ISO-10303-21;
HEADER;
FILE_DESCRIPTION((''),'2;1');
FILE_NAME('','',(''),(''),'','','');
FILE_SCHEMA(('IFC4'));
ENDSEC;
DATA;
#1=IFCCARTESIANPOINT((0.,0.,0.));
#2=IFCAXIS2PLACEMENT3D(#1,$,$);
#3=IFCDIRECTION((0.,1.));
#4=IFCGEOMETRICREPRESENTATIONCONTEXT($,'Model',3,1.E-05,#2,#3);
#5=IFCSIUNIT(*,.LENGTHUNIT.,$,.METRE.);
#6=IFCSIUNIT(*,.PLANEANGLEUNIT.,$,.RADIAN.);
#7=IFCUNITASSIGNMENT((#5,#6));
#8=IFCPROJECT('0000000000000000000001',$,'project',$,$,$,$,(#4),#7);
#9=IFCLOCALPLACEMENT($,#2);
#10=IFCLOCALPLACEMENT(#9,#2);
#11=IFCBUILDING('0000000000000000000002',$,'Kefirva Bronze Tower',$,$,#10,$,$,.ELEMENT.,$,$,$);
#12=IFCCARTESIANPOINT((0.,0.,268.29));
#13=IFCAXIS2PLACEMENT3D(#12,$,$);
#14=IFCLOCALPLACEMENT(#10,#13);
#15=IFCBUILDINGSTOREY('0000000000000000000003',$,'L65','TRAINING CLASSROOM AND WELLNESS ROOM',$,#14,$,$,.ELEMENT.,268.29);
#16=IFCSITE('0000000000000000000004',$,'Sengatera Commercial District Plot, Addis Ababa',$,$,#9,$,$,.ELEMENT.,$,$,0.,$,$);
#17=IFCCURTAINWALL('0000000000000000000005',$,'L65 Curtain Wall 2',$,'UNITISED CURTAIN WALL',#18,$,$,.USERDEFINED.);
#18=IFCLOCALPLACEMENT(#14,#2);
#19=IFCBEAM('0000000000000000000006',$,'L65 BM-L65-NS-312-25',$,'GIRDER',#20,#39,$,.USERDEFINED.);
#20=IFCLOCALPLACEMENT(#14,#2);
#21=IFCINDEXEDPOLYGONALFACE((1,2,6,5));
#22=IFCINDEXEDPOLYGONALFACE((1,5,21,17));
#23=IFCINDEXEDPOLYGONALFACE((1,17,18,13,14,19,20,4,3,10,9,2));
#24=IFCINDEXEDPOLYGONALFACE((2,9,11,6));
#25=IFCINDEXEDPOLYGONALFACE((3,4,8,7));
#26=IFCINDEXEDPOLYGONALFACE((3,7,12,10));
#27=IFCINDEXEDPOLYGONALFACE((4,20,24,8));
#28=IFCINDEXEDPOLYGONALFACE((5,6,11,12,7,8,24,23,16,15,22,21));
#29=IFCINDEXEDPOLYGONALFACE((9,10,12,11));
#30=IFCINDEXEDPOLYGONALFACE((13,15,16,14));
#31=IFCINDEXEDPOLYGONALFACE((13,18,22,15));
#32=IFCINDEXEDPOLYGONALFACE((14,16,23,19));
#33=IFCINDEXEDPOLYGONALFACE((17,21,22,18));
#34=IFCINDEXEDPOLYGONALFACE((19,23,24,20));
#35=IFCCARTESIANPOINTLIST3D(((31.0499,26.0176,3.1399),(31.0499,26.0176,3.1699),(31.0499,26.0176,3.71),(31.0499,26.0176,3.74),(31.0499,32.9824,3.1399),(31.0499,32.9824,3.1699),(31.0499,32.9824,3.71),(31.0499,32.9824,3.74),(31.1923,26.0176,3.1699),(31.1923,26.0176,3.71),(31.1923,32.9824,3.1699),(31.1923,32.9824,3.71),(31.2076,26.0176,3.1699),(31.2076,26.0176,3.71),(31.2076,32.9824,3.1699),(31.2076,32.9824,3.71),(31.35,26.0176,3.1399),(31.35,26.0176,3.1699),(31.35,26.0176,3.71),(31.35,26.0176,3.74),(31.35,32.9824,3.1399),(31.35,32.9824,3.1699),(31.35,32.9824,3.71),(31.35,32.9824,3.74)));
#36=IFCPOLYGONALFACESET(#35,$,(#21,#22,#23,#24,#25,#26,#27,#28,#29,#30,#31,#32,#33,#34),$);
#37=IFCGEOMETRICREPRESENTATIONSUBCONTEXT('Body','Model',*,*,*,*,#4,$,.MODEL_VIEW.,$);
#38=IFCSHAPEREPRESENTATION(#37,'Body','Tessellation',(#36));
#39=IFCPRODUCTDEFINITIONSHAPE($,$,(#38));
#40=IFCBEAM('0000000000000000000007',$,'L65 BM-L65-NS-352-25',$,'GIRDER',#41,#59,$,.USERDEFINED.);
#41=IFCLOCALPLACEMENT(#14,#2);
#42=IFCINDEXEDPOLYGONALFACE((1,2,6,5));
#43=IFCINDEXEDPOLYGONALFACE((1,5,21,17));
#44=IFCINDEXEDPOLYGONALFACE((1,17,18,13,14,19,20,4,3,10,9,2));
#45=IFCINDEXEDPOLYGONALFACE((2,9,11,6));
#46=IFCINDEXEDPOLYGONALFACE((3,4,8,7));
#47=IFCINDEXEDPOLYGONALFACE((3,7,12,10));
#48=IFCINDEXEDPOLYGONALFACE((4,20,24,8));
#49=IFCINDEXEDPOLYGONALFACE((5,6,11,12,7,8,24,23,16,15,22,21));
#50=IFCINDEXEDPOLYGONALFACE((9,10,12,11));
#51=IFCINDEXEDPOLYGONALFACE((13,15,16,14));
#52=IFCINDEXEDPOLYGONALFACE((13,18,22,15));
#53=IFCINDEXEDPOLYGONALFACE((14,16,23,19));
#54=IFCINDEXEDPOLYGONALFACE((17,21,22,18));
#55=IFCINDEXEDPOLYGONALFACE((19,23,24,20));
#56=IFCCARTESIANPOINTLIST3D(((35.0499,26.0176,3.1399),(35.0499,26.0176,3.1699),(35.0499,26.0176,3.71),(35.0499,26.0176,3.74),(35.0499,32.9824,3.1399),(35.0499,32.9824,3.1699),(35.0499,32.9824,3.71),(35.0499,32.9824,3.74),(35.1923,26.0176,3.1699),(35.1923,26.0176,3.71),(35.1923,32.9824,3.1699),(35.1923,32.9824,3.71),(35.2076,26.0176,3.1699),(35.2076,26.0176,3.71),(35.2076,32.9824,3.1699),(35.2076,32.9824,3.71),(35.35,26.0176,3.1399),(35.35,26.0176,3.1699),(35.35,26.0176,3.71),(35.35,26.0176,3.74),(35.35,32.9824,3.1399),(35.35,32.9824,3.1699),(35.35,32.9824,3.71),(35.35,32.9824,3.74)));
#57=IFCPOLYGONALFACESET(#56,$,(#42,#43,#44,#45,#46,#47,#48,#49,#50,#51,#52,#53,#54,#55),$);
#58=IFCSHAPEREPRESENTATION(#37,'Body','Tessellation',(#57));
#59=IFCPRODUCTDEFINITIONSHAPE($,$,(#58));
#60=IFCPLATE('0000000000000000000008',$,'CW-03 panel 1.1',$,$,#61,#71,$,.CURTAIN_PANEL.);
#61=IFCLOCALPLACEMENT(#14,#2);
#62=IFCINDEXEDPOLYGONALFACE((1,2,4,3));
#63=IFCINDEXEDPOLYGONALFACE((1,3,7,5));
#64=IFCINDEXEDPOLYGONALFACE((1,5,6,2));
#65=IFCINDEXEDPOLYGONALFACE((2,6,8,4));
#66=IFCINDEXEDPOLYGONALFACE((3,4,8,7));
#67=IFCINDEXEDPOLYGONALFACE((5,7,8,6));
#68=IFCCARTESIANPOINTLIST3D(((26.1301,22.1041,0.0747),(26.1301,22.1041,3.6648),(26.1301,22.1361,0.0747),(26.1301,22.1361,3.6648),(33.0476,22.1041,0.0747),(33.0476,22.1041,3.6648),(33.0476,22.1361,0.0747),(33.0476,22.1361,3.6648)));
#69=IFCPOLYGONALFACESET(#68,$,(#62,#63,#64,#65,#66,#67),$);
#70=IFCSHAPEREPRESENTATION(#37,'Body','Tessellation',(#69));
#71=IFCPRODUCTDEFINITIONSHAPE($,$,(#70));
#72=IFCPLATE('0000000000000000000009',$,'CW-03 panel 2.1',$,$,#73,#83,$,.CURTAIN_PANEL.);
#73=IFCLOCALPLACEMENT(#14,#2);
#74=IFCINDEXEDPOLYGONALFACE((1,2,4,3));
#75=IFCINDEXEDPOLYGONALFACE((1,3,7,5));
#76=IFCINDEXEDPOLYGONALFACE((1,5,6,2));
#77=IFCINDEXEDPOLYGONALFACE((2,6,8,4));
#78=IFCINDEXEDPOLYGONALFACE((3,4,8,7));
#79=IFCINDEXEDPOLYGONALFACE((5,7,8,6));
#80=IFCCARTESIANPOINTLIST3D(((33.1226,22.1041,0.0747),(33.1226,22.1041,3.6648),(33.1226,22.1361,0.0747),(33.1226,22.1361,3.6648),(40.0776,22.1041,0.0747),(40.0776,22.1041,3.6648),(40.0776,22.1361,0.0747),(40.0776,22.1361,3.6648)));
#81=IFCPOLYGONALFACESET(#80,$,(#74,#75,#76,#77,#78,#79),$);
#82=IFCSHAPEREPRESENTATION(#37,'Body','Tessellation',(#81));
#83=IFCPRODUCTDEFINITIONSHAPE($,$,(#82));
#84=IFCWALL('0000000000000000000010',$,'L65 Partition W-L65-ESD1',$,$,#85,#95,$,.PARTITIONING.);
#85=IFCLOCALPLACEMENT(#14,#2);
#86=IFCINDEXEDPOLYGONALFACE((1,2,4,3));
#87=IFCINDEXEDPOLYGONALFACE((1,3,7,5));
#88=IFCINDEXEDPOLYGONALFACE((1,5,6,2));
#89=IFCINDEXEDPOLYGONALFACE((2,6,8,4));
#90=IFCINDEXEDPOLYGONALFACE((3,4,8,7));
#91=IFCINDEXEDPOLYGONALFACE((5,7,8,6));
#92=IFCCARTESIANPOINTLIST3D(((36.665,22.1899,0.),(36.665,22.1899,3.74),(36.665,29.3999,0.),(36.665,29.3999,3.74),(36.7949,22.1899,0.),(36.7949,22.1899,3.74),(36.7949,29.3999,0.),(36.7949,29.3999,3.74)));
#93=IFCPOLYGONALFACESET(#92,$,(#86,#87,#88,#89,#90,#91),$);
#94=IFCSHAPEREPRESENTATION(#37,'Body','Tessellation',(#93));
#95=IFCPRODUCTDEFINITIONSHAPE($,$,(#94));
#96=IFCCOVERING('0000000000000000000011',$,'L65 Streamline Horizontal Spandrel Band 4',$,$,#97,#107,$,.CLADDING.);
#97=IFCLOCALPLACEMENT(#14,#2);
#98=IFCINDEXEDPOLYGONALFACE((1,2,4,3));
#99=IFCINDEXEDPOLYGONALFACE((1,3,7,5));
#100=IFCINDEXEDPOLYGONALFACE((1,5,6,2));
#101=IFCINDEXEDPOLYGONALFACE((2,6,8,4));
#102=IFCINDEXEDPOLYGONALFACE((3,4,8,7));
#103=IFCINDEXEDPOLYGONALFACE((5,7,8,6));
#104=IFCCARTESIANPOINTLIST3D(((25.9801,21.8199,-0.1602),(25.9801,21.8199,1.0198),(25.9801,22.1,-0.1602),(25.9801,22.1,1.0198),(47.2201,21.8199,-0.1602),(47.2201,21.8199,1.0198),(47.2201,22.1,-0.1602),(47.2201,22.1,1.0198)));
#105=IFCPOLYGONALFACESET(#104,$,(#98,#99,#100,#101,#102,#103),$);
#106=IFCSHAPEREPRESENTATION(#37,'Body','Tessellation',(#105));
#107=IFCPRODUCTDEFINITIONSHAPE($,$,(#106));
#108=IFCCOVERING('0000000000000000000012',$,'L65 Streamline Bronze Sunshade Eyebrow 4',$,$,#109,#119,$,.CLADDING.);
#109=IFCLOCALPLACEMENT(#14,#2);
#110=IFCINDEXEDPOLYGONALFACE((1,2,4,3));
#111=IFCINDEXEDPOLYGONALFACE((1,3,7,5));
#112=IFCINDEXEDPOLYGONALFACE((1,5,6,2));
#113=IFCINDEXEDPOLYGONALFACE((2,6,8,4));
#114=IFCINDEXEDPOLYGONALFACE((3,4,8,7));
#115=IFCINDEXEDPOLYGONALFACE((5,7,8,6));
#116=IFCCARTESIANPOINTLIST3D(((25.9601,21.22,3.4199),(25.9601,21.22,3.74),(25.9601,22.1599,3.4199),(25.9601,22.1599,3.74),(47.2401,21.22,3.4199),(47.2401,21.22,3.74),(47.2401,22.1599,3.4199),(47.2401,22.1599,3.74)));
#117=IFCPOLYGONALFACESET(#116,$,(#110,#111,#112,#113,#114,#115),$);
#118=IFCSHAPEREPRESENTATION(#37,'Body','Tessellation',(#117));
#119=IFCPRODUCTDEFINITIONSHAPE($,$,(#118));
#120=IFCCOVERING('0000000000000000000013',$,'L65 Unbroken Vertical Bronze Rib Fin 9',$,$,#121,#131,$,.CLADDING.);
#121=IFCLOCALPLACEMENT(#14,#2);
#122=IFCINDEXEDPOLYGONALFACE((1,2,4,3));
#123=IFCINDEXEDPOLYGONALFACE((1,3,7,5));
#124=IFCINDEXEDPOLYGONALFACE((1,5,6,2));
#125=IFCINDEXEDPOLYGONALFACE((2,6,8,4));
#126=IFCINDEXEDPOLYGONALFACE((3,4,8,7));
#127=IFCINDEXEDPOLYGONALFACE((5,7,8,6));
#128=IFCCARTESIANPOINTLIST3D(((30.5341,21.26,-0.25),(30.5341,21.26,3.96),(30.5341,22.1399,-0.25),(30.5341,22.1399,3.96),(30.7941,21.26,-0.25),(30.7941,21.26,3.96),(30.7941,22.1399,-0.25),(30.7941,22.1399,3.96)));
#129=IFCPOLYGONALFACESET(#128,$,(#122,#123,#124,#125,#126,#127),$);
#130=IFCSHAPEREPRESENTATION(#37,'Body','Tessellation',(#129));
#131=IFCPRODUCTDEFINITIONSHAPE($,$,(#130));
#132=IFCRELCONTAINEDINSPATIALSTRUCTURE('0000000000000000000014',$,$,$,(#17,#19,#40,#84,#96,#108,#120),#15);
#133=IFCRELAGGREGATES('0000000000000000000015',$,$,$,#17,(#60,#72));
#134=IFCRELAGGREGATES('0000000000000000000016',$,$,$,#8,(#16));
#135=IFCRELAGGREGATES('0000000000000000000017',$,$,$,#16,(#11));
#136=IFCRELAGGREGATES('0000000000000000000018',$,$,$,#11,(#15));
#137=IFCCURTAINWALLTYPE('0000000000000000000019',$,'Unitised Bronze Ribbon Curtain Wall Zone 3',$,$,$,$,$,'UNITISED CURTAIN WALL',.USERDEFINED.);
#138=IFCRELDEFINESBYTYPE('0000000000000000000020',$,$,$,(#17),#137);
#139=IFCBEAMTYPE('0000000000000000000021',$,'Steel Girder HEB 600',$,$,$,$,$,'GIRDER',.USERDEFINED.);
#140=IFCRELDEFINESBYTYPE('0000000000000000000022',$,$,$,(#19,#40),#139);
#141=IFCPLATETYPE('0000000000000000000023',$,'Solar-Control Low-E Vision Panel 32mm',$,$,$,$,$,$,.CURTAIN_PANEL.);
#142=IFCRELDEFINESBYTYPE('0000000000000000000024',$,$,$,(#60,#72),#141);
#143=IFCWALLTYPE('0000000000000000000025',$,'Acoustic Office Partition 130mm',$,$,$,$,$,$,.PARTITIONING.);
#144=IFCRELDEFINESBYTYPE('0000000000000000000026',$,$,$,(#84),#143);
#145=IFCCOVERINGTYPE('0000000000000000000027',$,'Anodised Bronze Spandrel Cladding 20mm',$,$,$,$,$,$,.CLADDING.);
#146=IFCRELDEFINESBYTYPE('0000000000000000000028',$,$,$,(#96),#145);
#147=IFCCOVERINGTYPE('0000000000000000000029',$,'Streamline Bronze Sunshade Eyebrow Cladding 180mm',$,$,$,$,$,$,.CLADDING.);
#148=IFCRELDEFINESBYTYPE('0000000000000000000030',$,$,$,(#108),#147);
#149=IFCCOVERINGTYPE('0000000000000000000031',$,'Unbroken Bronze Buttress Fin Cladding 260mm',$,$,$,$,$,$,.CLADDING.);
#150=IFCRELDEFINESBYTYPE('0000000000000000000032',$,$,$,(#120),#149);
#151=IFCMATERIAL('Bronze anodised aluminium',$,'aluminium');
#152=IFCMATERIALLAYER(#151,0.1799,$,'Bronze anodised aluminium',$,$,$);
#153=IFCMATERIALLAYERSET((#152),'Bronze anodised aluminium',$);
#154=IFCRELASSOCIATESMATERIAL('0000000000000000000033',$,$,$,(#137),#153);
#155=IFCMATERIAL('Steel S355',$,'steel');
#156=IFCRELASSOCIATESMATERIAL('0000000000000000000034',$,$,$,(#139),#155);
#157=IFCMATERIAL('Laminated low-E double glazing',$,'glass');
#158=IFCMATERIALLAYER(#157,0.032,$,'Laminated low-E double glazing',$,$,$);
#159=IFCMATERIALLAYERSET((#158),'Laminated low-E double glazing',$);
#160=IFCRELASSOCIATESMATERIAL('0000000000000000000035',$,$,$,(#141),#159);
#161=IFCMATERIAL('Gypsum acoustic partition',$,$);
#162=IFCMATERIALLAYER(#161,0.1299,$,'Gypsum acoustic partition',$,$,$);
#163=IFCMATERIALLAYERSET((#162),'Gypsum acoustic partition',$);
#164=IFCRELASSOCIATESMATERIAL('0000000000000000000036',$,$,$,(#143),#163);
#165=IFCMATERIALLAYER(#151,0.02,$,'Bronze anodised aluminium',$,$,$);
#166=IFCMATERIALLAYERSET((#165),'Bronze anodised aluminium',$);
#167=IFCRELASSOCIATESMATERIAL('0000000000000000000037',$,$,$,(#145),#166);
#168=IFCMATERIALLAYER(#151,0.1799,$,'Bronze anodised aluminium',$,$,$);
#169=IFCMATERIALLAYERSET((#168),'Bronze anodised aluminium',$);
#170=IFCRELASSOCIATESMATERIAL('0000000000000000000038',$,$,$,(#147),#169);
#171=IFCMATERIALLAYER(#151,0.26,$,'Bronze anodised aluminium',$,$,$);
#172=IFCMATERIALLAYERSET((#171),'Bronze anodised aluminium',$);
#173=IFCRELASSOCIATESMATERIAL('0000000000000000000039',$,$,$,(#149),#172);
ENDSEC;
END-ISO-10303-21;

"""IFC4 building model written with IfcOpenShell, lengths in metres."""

from ifc_helpers import new_model, si_unit, direction, frame, frame_2d, origin, origin_2d, place, context, subcontext, project, spatial, rectangle, i_section, extrude, material, layer, layer_set, material_profile, profile_set, type_object, element, aggregate, save


model = new_model("IFC4")

# Units and contexts
model_context = context("Model", 3, precision=1e-05, world=origin(), true_north=direction((0.0, 1.0)))
body_context = subcontext(model_context, "Body", "Model", "MODEL_VIEW")
ifc_project = project(units=[si_unit("LENGTHUNIT", "METRE"), si_unit("PLANEANGLEUNIT", "RADIAN")], contexts=[model_context])

# Site, building, storey
site_placement = place(None, origin())
site = spatial("IfcSite", under=ifc_project, at=site_placement, Name="Sengatera Commercial District Plot, Addis Ababa", CompositionType="ELEMENT", RefElevation=0.0)
building_placement = place(site_placement, origin())
building = spatial("IfcBuilding", under=site, at=building_placement, Name="Kefirva Bronze Tower", CompositionType="ELEMENT")
storey_placement = place(building_placement, frame((0.0, 0.0, 268.29)))
storey = spatial("IfcBuildingStorey", under=building, at=storey_placement, Name="L65", Description="TRAINING CLASSROOM AND WELLNESS ROOM", CompositionType="ELEMENT", Elevation=268.29)

# Curtain wall
ifc_material_1 = material(Name="Bronze anodised aluminium", Category="aluminium")
ifc_layer_1 = layer(ifc_material_1, 0.1799, Name="Bronze anodised aluminium")
ifc_layer_set_1 = layer_set([ifc_layer_1], Name="Bronze anodised aluminium")
curtain_wall_type = type_object("IfcCurtainWallType", Name="Unitised Bronze Ribbon Curtain Wall Zone 3", ElementType="UNITISED CURTAIN WALL", PredefinedType="USERDEFINED", material=ifc_layer_set_1)
curtain_wall_placement = place(storey_placement, origin())
curtain_wall = element("IfcCurtainWall", 1, at=curtain_wall_placement, inside=storey, type_object=curtain_wall_type, Name="L65 Curtain Wall 2", ObjectType="UNITISED CURTAIN WALL", PredefinedType="USERDEFINED")

# Beams
ifc_material_2 = material(Name="Steel S355", Category="steel")
ifc_material_profile_1 = material_profile(ifc_material_2, i_section(OverallWidth=0.3, OverallDepth=0.6001, WebThickness=0.0154, FlangeThickness=0.03, at=origin_2d()), Name="HEB 600")
ifc_profile_set_1 = profile_set([ifc_material_profile_1], Name="Steel S355")
beam_type = type_object("IfcBeamType", Name="Steel Girder HEB 600", ElementType="GIRDER", PredefinedType="USERDEFINED", material=ifc_profile_set_1)
for number, where, z_axis, x_axis, name in (
    (2, (31.2, 26.0176, 3.4399), (0.0, 1.0, 0.0), (-1.0, 0.0, 0.0), "L65 BM-L65-NS-312-25"),
    (3, (35.2, 26.0176, 3.4399), (0.0, 1.0, 0.0), (-1.0, 0.0, 0.0), "L65 BM-L65-NS-352-25"),
):
    element("IfcBeam", number, at=place(storey_placement, frame(where, z_axis=z_axis, x_axis=x_axis)), inside=storey, type_object=beam_type, Name=name, ObjectType="GIRDER", PredefinedType="USERDEFINED", context=body_context, shape_type="SweptSolid", body=[
        extrude(i_section(OverallWidth=0.3, OverallDepth=0.6001, WebThickness=0.0154, FlangeThickness=0.03, at=origin_2d()), origin(), (0.0, 0.0, 1.0), 6.9648),
    ])

# Plates
ifc_material_3 = material(Name="Laminated low-E double glazing", Category="glass")
ifc_layer_2 = layer(ifc_material_3, 0.032, Name="Laminated low-E double glazing")
ifc_layer_set_2 = layer_set([ifc_layer_2], Name="Laminated low-E double glazing")
plate_type = type_object("IfcPlateType", Name="Solar-Control Low-E Vision Panel 32mm", PredefinedType="CURTAIN_PANEL", material=ifc_layer_set_2)
plate_1_placement = place(storey_placement, frame((29.5889, 22.1201, 0.0747), z_axis=(0.0, 0.0, 1.0), x_axis=(1.0, 0.0, 0.0)))
plate_1 = element("IfcPlate", 4, at=plate_1_placement, type_object=plate_type, Name="CW-03 panel 1.1", PredefinedType="CURTAIN_PANEL", context=body_context, shape_type="SweptSolid", body=[
    extrude(rectangle(XDim=6.9175, YDim=0.032, at=origin_2d()), origin(), (0.0, 0.0, 1.0), 3.5901),
])
plate_2_placement = place(storey_placement, frame((36.6001, 22.1201, 0.0747), z_axis=(0.0, 0.0, 1.0), x_axis=(1.0, 0.0, 0.0)))
plate_2 = element("IfcPlate", 5, at=plate_2_placement, type_object=plate_type, Name="CW-03 panel 2.1", PredefinedType="CURTAIN_PANEL", context=body_context, shape_type="SweptSolid", body=[
    extrude(rectangle(XDim=6.9551, YDim=0.032, at=origin_2d()), origin(), (0.0, 0.0, 1.0), 3.5901),
])
aggregate(curtain_wall, [plate_1, plate_2])

# Wall
ifc_material_4 = material(Name="Gypsum acoustic partition")
ifc_layer_3 = layer(ifc_material_4, 0.1299, Name="Gypsum acoustic partition")
ifc_layer_set_3 = layer_set([ifc_layer_3], Name="Gypsum acoustic partition")
wall_type = type_object("IfcWallType", Name="Acoustic Office Partition 130mm", PredefinedType="PARTITIONING", material=ifc_layer_set_3)
wall_placement = place(storey_placement, frame((36.73, 22.1899, 0.0), z_axis=(0.0, 0.0, 1.0), x_axis=(0.0, 1.0, 0.0)))
element("IfcWall", 6, at=wall_placement, inside=storey, type_object=wall_type, Name="L65 Partition W-L65-ESD1", PredefinedType="PARTITIONING", context=body_context, shape_type="SweptSolid", body=[
    extrude(rectangle(XDim=7.21, YDim=0.1299, at=frame_2d((3.605, 0.0))), origin(), (0.0, 0.0, 1.0), 3.74),
])

# Coverings
ifc_layer_4 = layer(ifc_material_1, 0.02, Name="Bronze anodised aluminium")
ifc_layer_set_4 = layer_set([ifc_layer_4], Name="Bronze anodised aluminium")
covering_type_1 = type_object("IfcCoveringType", Name="Anodised Bronze Spandrel Cladding 20mm", PredefinedType="CLADDING", material=ifc_layer_set_4)
covering_1_placement = place(storey_placement, frame((36.6001, 21.96, -0.1602), z_axis=(0.0, 0.0, 1.0), x_axis=(1.0, 0.0, 0.0)))
element("IfcCovering", 7, at=covering_1_placement, inside=storey, type_object=covering_type_1, Name="L65 Streamline Horizontal Spandrel Band 4", PredefinedType="CLADDING", context=body_context, shape_type="SweptSolid", body=[
    extrude(rectangle(XDim=21.24, YDim=0.28, at=origin_2d()), origin(), (0.0, 0.0, 1.0), 1.1799),
])
ifc_layer_5 = layer(ifc_material_1, 0.1799, Name="Bronze anodised aluminium")
ifc_layer_set_5 = layer_set([ifc_layer_5], Name="Bronze anodised aluminium")
covering_type_2 = type_object("IfcCoveringType", Name="Streamline Bronze Sunshade Eyebrow Cladding 180mm", PredefinedType="CLADDING", material=ifc_layer_set_5)
covering_2_placement = place(storey_placement, frame((36.6001, 21.6899, 3.4199), z_axis=(0.0, 0.0, 1.0), x_axis=(1.0, 0.0, 0.0)))
element("IfcCovering", 8, at=covering_2_placement, inside=storey, type_object=covering_type_2, Name="L65 Streamline Bronze Sunshade Eyebrow 4", PredefinedType="CLADDING", context=body_context, shape_type="SweptSolid", body=[
    extrude(rectangle(XDim=21.28, YDim=0.9399, at=origin_2d()), origin(), (0.0, 0.0, 1.0), 0.3201),
])
ifc_layer_6 = layer(ifc_material_1, 0.26, Name="Bronze anodised aluminium")
ifc_layer_set_6 = layer_set([ifc_layer_6], Name="Bronze anodised aluminium")
covering_type_3 = type_object("IfcCoveringType", Name="Unbroken Bronze Buttress Fin Cladding 260mm", PredefinedType="CLADDING", material=ifc_layer_set_6)
covering_3_placement = place(storey_placement, frame((30.6641, 21.7, -0.25), z_axis=(0.0, 0.0, 1.0), x_axis=(1.0, 0.0, 0.0)))
element("IfcCovering", 9, at=covering_3_placement, inside=storey, type_object=covering_type_3, Name="L65 Unbroken Vertical Bronze Rib Fin 9", PredefinedType="CLADDING", context=body_context, shape_type="SweptSolid", body=[
    extrude(rectangle(XDim=0.26, YDim=0.8799, at=origin_2d()), origin(), (0.0, 0.0, 1.0), 4.21),
])

save(model, "model.ifc")
